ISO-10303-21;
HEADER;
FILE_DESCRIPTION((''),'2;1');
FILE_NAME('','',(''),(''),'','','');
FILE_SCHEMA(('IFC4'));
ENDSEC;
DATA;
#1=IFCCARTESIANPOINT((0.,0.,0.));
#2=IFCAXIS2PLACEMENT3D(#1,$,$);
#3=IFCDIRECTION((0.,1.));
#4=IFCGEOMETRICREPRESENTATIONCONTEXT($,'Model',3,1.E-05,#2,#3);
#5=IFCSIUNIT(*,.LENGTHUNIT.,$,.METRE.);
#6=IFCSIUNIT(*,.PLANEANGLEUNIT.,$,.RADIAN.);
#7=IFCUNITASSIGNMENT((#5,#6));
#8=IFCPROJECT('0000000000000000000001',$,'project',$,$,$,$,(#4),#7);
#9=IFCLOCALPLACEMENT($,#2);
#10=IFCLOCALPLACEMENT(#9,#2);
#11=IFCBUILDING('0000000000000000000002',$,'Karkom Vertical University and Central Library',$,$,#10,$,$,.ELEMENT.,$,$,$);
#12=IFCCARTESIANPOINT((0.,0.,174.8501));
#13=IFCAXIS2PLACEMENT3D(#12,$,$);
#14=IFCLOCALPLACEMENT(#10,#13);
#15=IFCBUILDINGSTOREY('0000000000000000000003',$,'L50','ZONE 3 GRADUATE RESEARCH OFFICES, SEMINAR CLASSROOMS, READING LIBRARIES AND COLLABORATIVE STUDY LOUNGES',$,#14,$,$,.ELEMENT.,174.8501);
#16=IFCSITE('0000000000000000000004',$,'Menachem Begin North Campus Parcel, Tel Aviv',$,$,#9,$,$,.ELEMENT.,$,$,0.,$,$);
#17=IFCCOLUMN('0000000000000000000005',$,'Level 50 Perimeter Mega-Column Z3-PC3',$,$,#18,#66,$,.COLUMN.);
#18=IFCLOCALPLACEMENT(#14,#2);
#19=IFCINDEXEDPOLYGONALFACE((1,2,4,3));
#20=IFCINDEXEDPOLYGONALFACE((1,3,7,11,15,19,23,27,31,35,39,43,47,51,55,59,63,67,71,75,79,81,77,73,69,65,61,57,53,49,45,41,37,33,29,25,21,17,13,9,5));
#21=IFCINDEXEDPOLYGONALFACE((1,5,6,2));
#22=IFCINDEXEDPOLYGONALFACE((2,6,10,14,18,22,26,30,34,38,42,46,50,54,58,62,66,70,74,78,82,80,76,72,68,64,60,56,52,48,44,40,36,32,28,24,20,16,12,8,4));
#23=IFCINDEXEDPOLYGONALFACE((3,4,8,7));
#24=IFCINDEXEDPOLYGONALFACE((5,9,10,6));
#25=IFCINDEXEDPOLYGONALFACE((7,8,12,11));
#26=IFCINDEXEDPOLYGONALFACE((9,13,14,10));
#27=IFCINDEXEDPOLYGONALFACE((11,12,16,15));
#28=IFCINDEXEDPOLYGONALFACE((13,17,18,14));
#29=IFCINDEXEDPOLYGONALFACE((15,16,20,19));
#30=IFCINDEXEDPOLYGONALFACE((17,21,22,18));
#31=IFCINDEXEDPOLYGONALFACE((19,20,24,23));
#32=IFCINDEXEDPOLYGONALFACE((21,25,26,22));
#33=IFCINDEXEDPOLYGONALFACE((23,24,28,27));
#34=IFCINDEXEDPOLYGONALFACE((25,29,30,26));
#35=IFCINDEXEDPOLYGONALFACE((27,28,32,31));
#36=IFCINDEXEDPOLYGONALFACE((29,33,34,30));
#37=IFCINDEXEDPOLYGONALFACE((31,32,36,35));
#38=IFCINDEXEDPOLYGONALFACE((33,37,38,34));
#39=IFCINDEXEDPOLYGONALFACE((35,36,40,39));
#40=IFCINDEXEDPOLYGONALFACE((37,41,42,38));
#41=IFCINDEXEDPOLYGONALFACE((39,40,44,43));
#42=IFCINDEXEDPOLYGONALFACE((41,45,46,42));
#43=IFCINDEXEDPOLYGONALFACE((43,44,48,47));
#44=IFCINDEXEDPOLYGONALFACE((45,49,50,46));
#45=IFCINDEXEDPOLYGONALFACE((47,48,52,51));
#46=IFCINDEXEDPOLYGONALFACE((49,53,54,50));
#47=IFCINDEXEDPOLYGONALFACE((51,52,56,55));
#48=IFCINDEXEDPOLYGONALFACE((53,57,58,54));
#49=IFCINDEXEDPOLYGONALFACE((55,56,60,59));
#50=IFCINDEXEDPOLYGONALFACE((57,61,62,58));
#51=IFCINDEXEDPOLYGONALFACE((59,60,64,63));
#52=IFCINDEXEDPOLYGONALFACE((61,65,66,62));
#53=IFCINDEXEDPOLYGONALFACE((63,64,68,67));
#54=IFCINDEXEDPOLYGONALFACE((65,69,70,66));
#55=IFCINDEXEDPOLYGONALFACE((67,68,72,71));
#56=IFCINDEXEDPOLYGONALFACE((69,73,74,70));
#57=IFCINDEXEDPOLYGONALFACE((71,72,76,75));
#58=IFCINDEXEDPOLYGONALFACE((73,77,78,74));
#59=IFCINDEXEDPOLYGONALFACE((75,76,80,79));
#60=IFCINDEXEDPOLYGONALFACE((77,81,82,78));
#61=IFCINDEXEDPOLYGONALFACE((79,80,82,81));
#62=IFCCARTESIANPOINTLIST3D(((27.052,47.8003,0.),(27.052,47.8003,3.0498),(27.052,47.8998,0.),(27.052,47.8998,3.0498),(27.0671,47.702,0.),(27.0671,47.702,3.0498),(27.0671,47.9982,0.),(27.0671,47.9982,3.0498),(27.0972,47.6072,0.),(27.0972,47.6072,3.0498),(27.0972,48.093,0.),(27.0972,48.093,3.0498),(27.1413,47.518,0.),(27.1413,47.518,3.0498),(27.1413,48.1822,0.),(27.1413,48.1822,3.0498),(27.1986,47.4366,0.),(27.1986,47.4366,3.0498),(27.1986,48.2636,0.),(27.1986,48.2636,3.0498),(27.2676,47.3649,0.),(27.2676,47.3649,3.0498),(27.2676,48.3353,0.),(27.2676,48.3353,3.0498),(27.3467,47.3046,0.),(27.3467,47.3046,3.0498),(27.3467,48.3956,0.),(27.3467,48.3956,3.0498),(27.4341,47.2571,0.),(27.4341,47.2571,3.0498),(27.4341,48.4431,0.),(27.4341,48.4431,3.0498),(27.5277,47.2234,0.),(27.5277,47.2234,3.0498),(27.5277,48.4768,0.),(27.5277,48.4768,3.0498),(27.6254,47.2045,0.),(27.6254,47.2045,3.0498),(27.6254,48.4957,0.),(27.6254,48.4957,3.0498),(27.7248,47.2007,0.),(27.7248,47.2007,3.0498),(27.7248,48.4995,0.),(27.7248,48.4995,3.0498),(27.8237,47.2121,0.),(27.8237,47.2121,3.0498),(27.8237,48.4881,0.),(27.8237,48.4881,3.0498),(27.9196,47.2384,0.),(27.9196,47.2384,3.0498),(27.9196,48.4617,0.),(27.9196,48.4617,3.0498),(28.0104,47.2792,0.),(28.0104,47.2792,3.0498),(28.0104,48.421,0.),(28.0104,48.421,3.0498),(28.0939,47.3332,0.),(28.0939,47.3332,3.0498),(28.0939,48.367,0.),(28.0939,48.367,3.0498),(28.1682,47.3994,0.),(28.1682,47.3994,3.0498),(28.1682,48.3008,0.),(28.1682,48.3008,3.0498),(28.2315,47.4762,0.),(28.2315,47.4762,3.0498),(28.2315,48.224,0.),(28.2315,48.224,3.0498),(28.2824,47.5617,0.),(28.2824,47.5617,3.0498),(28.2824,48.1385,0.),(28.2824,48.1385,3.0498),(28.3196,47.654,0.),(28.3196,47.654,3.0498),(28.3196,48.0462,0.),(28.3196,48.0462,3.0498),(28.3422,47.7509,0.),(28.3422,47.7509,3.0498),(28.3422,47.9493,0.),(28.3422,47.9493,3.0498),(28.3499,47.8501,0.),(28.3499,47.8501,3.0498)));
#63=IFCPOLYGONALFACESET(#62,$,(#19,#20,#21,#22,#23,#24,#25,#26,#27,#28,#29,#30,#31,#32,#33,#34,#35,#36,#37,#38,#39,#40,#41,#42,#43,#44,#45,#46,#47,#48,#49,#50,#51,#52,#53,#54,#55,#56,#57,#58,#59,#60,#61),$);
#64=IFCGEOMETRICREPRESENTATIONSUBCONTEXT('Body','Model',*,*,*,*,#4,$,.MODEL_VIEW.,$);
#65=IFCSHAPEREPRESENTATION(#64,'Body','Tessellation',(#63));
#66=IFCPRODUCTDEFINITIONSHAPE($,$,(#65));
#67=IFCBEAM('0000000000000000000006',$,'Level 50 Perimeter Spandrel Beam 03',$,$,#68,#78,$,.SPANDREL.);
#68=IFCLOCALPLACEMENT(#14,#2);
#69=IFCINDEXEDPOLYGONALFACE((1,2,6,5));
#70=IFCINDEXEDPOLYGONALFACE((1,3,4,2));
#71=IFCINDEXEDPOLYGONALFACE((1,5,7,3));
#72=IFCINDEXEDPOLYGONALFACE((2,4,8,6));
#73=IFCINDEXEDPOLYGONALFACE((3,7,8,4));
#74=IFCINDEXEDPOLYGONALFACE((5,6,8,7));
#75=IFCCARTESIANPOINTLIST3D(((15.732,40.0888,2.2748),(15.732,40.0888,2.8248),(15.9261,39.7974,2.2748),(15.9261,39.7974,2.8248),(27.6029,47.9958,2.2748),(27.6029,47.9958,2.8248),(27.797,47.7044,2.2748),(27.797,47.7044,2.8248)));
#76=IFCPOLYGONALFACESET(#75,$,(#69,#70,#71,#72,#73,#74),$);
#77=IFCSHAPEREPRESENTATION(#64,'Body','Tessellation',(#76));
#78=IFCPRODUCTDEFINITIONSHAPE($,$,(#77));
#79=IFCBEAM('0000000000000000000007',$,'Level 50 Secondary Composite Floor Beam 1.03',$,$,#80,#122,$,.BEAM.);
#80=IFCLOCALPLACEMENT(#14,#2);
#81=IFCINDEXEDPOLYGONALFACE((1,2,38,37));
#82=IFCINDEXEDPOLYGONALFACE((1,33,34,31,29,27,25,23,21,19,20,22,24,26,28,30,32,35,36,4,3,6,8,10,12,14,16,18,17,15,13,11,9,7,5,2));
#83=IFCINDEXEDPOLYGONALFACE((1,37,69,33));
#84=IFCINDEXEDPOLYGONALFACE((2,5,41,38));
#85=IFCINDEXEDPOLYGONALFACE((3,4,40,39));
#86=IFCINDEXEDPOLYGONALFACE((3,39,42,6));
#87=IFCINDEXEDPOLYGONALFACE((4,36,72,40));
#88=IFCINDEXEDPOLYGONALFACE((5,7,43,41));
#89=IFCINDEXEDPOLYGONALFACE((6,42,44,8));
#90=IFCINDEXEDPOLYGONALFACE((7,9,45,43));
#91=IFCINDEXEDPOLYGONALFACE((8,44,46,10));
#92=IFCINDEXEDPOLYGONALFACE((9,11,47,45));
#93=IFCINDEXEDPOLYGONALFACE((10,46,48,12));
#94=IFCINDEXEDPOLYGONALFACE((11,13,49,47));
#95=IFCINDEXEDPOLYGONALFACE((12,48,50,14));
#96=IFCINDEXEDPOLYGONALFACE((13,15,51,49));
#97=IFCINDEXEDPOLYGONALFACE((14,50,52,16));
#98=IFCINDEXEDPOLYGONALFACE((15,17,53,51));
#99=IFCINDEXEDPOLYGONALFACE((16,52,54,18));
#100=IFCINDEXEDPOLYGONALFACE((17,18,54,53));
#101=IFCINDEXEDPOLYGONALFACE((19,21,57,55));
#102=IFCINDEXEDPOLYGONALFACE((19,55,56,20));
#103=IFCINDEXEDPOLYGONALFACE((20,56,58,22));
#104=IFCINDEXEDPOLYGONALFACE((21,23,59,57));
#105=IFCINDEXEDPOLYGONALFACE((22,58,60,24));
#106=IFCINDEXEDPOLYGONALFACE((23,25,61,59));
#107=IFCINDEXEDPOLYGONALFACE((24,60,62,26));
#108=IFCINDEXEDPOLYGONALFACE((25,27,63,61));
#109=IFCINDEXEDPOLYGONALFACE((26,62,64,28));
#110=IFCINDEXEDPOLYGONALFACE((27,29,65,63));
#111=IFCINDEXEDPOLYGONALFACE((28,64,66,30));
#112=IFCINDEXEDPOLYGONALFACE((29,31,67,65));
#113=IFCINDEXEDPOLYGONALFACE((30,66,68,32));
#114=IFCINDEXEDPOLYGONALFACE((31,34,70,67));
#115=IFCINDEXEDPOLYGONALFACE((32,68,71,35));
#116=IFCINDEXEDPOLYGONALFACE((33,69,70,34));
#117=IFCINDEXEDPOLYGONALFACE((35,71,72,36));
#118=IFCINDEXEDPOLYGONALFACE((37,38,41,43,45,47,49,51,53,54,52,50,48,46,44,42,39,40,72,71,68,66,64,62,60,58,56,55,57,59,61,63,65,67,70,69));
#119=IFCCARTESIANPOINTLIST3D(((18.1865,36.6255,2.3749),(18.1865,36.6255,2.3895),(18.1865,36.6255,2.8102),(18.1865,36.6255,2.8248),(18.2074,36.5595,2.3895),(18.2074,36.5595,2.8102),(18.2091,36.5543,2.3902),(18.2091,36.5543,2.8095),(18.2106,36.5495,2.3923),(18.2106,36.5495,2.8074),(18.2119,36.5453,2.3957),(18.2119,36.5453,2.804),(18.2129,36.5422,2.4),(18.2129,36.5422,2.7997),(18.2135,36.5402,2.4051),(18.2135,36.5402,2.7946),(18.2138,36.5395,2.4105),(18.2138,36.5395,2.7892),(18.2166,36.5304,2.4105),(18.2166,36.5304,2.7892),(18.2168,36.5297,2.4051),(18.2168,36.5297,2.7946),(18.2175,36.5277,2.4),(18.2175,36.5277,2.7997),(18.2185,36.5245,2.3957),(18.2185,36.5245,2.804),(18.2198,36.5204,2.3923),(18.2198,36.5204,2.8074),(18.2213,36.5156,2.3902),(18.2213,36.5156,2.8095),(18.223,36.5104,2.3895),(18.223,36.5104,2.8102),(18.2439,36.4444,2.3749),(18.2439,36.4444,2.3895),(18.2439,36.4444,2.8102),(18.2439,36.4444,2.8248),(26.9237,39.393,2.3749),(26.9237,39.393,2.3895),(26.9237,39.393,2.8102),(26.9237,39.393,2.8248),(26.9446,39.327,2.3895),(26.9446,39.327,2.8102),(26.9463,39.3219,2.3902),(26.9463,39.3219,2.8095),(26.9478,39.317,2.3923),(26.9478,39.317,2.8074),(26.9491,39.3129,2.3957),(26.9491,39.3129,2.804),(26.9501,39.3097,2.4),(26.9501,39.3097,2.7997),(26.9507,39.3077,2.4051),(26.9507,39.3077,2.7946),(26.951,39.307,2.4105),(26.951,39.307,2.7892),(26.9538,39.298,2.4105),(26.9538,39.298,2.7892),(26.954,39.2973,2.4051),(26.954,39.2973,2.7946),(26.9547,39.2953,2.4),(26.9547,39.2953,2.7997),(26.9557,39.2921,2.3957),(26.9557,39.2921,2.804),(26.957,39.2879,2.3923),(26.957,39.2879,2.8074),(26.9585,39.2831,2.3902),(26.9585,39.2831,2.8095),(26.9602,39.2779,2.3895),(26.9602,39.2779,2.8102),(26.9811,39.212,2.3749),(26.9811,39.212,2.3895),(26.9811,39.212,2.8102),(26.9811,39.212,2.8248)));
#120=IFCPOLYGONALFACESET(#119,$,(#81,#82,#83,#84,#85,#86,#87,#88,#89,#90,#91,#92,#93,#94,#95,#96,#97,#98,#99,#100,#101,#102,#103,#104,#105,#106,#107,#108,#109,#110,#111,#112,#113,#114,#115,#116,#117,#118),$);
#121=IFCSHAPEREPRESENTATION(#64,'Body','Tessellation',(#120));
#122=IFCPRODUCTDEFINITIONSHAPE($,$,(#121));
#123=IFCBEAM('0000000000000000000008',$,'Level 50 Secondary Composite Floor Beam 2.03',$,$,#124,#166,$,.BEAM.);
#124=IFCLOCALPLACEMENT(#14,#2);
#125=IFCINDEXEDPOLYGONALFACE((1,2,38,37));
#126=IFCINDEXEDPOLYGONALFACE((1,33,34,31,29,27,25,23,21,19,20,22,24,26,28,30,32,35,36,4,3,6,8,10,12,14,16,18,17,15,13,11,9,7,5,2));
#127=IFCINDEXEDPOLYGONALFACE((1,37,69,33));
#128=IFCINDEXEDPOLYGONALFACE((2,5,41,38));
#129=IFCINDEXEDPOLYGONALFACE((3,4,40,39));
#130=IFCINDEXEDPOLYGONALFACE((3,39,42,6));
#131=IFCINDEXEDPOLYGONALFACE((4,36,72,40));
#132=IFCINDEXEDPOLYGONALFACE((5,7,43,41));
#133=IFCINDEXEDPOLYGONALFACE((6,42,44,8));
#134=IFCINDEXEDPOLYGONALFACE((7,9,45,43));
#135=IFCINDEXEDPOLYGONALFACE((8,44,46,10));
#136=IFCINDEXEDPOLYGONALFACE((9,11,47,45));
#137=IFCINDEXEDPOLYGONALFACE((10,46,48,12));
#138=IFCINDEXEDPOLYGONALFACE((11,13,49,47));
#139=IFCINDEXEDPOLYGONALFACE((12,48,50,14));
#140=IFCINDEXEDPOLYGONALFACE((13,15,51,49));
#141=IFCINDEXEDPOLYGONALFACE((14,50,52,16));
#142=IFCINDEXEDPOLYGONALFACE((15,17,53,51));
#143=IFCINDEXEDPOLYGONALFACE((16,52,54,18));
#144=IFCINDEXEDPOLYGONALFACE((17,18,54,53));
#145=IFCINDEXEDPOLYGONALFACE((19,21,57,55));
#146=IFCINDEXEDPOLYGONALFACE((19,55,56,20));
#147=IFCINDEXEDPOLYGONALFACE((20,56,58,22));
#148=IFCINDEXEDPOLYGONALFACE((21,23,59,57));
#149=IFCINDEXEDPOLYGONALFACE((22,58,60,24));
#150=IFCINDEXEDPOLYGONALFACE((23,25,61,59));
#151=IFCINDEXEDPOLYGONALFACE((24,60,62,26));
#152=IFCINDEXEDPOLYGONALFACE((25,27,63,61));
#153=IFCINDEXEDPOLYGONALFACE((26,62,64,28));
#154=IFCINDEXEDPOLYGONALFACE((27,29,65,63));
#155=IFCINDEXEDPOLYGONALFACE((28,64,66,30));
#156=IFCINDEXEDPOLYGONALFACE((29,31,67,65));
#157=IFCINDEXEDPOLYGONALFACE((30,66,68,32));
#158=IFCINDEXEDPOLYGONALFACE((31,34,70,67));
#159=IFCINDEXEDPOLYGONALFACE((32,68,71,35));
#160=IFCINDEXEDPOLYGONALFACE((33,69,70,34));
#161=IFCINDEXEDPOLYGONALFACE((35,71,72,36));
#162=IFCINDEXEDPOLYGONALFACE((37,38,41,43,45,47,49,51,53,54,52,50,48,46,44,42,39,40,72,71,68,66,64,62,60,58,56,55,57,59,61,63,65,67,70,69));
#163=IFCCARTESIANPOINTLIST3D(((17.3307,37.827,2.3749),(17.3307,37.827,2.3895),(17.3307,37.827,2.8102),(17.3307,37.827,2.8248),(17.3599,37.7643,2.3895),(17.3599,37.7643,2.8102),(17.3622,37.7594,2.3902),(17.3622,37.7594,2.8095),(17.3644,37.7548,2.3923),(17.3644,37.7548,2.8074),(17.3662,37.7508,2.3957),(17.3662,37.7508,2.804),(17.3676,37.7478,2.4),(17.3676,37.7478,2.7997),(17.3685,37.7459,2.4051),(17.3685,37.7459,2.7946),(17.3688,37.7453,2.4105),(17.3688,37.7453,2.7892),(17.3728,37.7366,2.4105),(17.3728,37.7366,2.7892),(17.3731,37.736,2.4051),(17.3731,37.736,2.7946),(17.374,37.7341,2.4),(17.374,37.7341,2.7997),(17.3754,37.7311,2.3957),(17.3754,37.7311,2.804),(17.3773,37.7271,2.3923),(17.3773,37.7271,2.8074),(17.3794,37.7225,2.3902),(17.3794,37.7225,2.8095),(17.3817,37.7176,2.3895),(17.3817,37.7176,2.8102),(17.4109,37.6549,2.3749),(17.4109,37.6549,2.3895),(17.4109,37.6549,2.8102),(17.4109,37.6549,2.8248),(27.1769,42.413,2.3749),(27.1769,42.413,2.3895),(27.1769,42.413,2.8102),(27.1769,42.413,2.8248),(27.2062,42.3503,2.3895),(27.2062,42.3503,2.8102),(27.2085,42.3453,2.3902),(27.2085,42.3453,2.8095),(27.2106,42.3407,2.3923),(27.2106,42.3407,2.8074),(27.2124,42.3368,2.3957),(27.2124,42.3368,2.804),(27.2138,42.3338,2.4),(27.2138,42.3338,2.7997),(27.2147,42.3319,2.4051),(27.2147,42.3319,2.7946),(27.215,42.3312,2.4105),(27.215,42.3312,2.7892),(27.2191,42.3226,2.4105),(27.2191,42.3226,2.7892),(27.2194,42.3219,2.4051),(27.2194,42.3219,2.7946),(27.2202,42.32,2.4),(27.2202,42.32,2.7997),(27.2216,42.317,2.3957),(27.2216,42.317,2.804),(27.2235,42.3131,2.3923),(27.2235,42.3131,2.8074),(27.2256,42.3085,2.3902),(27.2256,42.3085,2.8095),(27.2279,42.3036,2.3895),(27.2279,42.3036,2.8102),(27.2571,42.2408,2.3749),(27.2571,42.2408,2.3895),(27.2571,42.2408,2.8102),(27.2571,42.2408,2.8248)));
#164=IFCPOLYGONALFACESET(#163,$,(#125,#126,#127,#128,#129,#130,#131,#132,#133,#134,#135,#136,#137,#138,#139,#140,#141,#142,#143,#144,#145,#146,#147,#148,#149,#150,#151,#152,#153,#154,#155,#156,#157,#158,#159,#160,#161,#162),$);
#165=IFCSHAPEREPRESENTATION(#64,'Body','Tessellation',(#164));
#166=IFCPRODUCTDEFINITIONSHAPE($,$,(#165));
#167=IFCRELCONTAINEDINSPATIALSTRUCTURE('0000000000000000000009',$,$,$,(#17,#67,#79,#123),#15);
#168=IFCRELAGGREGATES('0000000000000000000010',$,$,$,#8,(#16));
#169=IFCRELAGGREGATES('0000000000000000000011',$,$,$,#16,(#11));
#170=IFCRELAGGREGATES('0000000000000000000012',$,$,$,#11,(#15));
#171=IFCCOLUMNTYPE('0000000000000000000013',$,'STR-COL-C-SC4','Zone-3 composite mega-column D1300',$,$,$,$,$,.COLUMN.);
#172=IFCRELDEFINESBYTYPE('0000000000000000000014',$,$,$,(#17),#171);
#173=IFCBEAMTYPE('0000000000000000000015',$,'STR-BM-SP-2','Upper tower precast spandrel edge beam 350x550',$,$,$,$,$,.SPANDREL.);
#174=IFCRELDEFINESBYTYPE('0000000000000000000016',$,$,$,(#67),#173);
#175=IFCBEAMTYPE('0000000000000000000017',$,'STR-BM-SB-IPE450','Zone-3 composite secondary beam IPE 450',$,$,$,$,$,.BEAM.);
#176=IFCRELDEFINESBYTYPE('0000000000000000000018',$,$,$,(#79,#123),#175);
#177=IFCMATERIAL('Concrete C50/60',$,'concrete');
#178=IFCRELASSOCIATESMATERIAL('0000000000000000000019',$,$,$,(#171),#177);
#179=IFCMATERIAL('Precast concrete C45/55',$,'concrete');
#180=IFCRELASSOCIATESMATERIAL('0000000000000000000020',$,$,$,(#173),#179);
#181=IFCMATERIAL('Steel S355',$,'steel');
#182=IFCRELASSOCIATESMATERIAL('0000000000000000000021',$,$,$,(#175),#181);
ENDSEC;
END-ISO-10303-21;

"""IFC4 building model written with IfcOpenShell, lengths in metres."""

from ifc_helpers import new_model, si_unit, direction, frame, origin, origin_with_axes, origin_2d, place, context, subcontext, project, spatial, rectangle, circle, i_section, extrude, source, transform, mapped, material, material_profile, profile_set, type_object, element, save


model = new_model("IFC4")

# Units and contexts
model_context = context("Model", 3, precision=1e-05, world=origin(), true_north=direction((0.0, 1.0)))
body_context = subcontext(model_context, "Body", "Model", "MODEL_VIEW")
ifc_project = project(units=[si_unit("LENGTHUNIT", "METRE"), si_unit("PLANEANGLEUNIT", "RADIAN")], contexts=[model_context])

# Site, building, storey
site_placement = place(None, origin())
site = spatial("IfcSite", under=ifc_project, at=site_placement, Name="Menachem Begin North Campus Parcel, Tel Aviv", CompositionType="ELEMENT", RefElevation=0.0)
building_placement = place(site_placement, origin())
building = spatial("IfcBuilding", under=site, at=building_placement, Name="Karkom Vertical University and Central Library", CompositionType="ELEMENT")
storey_placement = place(building_placement, frame((0.0, 0.0, 174.8501)))
storey = spatial("IfcBuildingStorey", under=building, at=storey_placement, Name="L50", Description="ZONE 3 GRADUATE RESEARCH OFFICES, SEMINAR CLASSROOMS, READING LIBRARIES AND COLLABORATIVE STUDY LOUNGES", CompositionType="ELEMENT", Elevation=174.8501)

# Column
ifc_material_1 = material(Name="Concrete C50/60", Category="concrete")
ifc_material_profile_1 = material_profile(ifc_material_1, circle(Radius=0.6499, at=origin_2d()), Name="CFT-D1300")
ifc_profile_set_1 = profile_set([ifc_material_profile_1], Name="Concrete C50/60")
column_type = type_object("IfcColumnType", Name="STR-COL-C-SC4", Description="Zone-3 composite mega-column D1300", PredefinedType="COLUMN", material=ifc_profile_set_1)
shared_shape_1 = source(origin_with_axes(), body_context, "Body", "SweptSolid", [
    extrude(circle(Radius=0.6499, at=origin_2d()), origin(), (0.0, 0.0, 1.0), 3.0498),
])
column_placement = place(storey_placement, frame((27.7, 47.8501, 0.0), z_axis=(0.0, 0.0, 1.0), x_axis=(1.0, 0.0, 0.0)))
element("IfcColumn", 1, at=column_placement, inside=storey, type_object=column_type, Name="Level 50 Perimeter Mega-Column Z3-PC3", PredefinedType="COLUMN", context=body_context, shape_type="MappedRepresentation", body=[
    mapped(shared_shape_1, transform((0.0, 0.0, 0.0), scale=1.0)),
])

# Beams
ifc_material_2 = material(Name="Precast concrete C45/55", Category="concrete")
ifc_material_profile_2 = material_profile(ifc_material_2, rectangle(XDim=0.3501, YDim=0.55, at=origin_2d()), Name="SPB-350x550")
ifc_profile_set_2 = profile_set([ifc_material_profile_2], Name="Precast concrete C45/55")
beam_type_1 = type_object("IfcBeamType", Name="STR-BM-SP-2", Description="Upper tower precast spandrel edge beam 350x550", PredefinedType="SPANDREL", material=ifc_profile_set_2)
shared_shape_2 = source(origin_with_axes(), body_context, "Body", "SweptSolid", [
    extrude(rectangle(XDim=0.3501, YDim=0.55, at=origin_2d()), origin(), (0.0, 0.0, 1.0), 14.2632),
])
beam_1_placement = place(storey_placement, frame((27.7, 47.8501, 2.5498), z_axis=(-0.832274, -0.554364, 0.0), x_axis=(0.554364, -0.832274, 0.0)))
element("IfcBeam", 2, at=beam_1_placement, inside=storey, type_object=beam_type_1, Name="Level 50 Perimeter Spandrel Beam 03", PredefinedType="SPANDREL", context=body_context, shape_type="MappedRepresentation", body=[
    mapped(shared_shape_2, transform((0.0, 0.0, 0.0), scale=1.0)),
])
ifc_material_3 = material(Name="Steel S355", Category="steel")
ifc_material_profile_3 = material_profile(ifc_material_3, i_section(OverallWidth=0.1899, OverallDepth=0.45, WebThickness=0.0095, FlangeThickness=0.0146, FilletRadius=0.021, at=origin_2d()), Name="IPE 450")
ifc_profile_set_3 = profile_set([ifc_material_profile_3], Name="Steel S355")
beam_type_2 = type_object("IfcBeamType", Name="STR-BM-SB-IPE450", Description="Zone-3 composite secondary beam IPE 450", PredefinedType="BEAM", material=ifc_profile_set_3)
shared_shape_3 = source(origin_with_axes(), body_context, "Body", "SweptSolid", [
    extrude(i_section(OverallWidth=0.1899, OverallDepth=0.45, WebThickness=0.0095, FlangeThickness=0.0146, FilletRadius=0.021, at=origin_2d()), origin(), (0.0, 0.0, 1.0), 9.165),
])
beam_2_placement = place(storey_placement, frame((26.9524, 39.3025, 2.5999), z_axis=(-0.953318, -0.301968, 0.0), x_axis=(0.301968, -0.953318, 0.0)))
element("IfcBeam", 3, at=beam_2_placement, inside=storey, type_object=beam_type_2, Name="Level 50 Secondary Composite Floor Beam 1.03", PredefinedType="BEAM", context=body_context, shape_type="MappedRepresentation", body=[
    mapped(shared_shape_3, transform((0.0, 0.0, 0.0), scale=1.0)),
])
shared_shape_4 = source(origin_with_axes(), body_context, "Body", "SweptSolid", [
    extrude(i_section(OverallWidth=0.1899, OverallDepth=0.45, WebThickness=0.0095, FlangeThickness=0.0146, FilletRadius=0.021, at=origin_2d()), origin(), (0.0, 0.0, 1.0), 10.8618),
])
beam_3_placement = place(storey_placement, frame((27.217, 42.3269, 2.5999), z_axis=(-0.906499, -0.422209, 0.0), x_axis=(0.422209, -0.906499, 0.0)))
element("IfcBeam", 4, at=beam_3_placement, inside=storey, type_object=beam_type_2, Name="Level 50 Secondary Composite Floor Beam 2.03", PredefinedType="BEAM", context=body_context, shape_type="MappedRepresentation", body=[
    mapped(shared_shape_4, transform((0.0, 0.0, 0.0), scale=1.0)),
])

save(model, "model.ifc")
